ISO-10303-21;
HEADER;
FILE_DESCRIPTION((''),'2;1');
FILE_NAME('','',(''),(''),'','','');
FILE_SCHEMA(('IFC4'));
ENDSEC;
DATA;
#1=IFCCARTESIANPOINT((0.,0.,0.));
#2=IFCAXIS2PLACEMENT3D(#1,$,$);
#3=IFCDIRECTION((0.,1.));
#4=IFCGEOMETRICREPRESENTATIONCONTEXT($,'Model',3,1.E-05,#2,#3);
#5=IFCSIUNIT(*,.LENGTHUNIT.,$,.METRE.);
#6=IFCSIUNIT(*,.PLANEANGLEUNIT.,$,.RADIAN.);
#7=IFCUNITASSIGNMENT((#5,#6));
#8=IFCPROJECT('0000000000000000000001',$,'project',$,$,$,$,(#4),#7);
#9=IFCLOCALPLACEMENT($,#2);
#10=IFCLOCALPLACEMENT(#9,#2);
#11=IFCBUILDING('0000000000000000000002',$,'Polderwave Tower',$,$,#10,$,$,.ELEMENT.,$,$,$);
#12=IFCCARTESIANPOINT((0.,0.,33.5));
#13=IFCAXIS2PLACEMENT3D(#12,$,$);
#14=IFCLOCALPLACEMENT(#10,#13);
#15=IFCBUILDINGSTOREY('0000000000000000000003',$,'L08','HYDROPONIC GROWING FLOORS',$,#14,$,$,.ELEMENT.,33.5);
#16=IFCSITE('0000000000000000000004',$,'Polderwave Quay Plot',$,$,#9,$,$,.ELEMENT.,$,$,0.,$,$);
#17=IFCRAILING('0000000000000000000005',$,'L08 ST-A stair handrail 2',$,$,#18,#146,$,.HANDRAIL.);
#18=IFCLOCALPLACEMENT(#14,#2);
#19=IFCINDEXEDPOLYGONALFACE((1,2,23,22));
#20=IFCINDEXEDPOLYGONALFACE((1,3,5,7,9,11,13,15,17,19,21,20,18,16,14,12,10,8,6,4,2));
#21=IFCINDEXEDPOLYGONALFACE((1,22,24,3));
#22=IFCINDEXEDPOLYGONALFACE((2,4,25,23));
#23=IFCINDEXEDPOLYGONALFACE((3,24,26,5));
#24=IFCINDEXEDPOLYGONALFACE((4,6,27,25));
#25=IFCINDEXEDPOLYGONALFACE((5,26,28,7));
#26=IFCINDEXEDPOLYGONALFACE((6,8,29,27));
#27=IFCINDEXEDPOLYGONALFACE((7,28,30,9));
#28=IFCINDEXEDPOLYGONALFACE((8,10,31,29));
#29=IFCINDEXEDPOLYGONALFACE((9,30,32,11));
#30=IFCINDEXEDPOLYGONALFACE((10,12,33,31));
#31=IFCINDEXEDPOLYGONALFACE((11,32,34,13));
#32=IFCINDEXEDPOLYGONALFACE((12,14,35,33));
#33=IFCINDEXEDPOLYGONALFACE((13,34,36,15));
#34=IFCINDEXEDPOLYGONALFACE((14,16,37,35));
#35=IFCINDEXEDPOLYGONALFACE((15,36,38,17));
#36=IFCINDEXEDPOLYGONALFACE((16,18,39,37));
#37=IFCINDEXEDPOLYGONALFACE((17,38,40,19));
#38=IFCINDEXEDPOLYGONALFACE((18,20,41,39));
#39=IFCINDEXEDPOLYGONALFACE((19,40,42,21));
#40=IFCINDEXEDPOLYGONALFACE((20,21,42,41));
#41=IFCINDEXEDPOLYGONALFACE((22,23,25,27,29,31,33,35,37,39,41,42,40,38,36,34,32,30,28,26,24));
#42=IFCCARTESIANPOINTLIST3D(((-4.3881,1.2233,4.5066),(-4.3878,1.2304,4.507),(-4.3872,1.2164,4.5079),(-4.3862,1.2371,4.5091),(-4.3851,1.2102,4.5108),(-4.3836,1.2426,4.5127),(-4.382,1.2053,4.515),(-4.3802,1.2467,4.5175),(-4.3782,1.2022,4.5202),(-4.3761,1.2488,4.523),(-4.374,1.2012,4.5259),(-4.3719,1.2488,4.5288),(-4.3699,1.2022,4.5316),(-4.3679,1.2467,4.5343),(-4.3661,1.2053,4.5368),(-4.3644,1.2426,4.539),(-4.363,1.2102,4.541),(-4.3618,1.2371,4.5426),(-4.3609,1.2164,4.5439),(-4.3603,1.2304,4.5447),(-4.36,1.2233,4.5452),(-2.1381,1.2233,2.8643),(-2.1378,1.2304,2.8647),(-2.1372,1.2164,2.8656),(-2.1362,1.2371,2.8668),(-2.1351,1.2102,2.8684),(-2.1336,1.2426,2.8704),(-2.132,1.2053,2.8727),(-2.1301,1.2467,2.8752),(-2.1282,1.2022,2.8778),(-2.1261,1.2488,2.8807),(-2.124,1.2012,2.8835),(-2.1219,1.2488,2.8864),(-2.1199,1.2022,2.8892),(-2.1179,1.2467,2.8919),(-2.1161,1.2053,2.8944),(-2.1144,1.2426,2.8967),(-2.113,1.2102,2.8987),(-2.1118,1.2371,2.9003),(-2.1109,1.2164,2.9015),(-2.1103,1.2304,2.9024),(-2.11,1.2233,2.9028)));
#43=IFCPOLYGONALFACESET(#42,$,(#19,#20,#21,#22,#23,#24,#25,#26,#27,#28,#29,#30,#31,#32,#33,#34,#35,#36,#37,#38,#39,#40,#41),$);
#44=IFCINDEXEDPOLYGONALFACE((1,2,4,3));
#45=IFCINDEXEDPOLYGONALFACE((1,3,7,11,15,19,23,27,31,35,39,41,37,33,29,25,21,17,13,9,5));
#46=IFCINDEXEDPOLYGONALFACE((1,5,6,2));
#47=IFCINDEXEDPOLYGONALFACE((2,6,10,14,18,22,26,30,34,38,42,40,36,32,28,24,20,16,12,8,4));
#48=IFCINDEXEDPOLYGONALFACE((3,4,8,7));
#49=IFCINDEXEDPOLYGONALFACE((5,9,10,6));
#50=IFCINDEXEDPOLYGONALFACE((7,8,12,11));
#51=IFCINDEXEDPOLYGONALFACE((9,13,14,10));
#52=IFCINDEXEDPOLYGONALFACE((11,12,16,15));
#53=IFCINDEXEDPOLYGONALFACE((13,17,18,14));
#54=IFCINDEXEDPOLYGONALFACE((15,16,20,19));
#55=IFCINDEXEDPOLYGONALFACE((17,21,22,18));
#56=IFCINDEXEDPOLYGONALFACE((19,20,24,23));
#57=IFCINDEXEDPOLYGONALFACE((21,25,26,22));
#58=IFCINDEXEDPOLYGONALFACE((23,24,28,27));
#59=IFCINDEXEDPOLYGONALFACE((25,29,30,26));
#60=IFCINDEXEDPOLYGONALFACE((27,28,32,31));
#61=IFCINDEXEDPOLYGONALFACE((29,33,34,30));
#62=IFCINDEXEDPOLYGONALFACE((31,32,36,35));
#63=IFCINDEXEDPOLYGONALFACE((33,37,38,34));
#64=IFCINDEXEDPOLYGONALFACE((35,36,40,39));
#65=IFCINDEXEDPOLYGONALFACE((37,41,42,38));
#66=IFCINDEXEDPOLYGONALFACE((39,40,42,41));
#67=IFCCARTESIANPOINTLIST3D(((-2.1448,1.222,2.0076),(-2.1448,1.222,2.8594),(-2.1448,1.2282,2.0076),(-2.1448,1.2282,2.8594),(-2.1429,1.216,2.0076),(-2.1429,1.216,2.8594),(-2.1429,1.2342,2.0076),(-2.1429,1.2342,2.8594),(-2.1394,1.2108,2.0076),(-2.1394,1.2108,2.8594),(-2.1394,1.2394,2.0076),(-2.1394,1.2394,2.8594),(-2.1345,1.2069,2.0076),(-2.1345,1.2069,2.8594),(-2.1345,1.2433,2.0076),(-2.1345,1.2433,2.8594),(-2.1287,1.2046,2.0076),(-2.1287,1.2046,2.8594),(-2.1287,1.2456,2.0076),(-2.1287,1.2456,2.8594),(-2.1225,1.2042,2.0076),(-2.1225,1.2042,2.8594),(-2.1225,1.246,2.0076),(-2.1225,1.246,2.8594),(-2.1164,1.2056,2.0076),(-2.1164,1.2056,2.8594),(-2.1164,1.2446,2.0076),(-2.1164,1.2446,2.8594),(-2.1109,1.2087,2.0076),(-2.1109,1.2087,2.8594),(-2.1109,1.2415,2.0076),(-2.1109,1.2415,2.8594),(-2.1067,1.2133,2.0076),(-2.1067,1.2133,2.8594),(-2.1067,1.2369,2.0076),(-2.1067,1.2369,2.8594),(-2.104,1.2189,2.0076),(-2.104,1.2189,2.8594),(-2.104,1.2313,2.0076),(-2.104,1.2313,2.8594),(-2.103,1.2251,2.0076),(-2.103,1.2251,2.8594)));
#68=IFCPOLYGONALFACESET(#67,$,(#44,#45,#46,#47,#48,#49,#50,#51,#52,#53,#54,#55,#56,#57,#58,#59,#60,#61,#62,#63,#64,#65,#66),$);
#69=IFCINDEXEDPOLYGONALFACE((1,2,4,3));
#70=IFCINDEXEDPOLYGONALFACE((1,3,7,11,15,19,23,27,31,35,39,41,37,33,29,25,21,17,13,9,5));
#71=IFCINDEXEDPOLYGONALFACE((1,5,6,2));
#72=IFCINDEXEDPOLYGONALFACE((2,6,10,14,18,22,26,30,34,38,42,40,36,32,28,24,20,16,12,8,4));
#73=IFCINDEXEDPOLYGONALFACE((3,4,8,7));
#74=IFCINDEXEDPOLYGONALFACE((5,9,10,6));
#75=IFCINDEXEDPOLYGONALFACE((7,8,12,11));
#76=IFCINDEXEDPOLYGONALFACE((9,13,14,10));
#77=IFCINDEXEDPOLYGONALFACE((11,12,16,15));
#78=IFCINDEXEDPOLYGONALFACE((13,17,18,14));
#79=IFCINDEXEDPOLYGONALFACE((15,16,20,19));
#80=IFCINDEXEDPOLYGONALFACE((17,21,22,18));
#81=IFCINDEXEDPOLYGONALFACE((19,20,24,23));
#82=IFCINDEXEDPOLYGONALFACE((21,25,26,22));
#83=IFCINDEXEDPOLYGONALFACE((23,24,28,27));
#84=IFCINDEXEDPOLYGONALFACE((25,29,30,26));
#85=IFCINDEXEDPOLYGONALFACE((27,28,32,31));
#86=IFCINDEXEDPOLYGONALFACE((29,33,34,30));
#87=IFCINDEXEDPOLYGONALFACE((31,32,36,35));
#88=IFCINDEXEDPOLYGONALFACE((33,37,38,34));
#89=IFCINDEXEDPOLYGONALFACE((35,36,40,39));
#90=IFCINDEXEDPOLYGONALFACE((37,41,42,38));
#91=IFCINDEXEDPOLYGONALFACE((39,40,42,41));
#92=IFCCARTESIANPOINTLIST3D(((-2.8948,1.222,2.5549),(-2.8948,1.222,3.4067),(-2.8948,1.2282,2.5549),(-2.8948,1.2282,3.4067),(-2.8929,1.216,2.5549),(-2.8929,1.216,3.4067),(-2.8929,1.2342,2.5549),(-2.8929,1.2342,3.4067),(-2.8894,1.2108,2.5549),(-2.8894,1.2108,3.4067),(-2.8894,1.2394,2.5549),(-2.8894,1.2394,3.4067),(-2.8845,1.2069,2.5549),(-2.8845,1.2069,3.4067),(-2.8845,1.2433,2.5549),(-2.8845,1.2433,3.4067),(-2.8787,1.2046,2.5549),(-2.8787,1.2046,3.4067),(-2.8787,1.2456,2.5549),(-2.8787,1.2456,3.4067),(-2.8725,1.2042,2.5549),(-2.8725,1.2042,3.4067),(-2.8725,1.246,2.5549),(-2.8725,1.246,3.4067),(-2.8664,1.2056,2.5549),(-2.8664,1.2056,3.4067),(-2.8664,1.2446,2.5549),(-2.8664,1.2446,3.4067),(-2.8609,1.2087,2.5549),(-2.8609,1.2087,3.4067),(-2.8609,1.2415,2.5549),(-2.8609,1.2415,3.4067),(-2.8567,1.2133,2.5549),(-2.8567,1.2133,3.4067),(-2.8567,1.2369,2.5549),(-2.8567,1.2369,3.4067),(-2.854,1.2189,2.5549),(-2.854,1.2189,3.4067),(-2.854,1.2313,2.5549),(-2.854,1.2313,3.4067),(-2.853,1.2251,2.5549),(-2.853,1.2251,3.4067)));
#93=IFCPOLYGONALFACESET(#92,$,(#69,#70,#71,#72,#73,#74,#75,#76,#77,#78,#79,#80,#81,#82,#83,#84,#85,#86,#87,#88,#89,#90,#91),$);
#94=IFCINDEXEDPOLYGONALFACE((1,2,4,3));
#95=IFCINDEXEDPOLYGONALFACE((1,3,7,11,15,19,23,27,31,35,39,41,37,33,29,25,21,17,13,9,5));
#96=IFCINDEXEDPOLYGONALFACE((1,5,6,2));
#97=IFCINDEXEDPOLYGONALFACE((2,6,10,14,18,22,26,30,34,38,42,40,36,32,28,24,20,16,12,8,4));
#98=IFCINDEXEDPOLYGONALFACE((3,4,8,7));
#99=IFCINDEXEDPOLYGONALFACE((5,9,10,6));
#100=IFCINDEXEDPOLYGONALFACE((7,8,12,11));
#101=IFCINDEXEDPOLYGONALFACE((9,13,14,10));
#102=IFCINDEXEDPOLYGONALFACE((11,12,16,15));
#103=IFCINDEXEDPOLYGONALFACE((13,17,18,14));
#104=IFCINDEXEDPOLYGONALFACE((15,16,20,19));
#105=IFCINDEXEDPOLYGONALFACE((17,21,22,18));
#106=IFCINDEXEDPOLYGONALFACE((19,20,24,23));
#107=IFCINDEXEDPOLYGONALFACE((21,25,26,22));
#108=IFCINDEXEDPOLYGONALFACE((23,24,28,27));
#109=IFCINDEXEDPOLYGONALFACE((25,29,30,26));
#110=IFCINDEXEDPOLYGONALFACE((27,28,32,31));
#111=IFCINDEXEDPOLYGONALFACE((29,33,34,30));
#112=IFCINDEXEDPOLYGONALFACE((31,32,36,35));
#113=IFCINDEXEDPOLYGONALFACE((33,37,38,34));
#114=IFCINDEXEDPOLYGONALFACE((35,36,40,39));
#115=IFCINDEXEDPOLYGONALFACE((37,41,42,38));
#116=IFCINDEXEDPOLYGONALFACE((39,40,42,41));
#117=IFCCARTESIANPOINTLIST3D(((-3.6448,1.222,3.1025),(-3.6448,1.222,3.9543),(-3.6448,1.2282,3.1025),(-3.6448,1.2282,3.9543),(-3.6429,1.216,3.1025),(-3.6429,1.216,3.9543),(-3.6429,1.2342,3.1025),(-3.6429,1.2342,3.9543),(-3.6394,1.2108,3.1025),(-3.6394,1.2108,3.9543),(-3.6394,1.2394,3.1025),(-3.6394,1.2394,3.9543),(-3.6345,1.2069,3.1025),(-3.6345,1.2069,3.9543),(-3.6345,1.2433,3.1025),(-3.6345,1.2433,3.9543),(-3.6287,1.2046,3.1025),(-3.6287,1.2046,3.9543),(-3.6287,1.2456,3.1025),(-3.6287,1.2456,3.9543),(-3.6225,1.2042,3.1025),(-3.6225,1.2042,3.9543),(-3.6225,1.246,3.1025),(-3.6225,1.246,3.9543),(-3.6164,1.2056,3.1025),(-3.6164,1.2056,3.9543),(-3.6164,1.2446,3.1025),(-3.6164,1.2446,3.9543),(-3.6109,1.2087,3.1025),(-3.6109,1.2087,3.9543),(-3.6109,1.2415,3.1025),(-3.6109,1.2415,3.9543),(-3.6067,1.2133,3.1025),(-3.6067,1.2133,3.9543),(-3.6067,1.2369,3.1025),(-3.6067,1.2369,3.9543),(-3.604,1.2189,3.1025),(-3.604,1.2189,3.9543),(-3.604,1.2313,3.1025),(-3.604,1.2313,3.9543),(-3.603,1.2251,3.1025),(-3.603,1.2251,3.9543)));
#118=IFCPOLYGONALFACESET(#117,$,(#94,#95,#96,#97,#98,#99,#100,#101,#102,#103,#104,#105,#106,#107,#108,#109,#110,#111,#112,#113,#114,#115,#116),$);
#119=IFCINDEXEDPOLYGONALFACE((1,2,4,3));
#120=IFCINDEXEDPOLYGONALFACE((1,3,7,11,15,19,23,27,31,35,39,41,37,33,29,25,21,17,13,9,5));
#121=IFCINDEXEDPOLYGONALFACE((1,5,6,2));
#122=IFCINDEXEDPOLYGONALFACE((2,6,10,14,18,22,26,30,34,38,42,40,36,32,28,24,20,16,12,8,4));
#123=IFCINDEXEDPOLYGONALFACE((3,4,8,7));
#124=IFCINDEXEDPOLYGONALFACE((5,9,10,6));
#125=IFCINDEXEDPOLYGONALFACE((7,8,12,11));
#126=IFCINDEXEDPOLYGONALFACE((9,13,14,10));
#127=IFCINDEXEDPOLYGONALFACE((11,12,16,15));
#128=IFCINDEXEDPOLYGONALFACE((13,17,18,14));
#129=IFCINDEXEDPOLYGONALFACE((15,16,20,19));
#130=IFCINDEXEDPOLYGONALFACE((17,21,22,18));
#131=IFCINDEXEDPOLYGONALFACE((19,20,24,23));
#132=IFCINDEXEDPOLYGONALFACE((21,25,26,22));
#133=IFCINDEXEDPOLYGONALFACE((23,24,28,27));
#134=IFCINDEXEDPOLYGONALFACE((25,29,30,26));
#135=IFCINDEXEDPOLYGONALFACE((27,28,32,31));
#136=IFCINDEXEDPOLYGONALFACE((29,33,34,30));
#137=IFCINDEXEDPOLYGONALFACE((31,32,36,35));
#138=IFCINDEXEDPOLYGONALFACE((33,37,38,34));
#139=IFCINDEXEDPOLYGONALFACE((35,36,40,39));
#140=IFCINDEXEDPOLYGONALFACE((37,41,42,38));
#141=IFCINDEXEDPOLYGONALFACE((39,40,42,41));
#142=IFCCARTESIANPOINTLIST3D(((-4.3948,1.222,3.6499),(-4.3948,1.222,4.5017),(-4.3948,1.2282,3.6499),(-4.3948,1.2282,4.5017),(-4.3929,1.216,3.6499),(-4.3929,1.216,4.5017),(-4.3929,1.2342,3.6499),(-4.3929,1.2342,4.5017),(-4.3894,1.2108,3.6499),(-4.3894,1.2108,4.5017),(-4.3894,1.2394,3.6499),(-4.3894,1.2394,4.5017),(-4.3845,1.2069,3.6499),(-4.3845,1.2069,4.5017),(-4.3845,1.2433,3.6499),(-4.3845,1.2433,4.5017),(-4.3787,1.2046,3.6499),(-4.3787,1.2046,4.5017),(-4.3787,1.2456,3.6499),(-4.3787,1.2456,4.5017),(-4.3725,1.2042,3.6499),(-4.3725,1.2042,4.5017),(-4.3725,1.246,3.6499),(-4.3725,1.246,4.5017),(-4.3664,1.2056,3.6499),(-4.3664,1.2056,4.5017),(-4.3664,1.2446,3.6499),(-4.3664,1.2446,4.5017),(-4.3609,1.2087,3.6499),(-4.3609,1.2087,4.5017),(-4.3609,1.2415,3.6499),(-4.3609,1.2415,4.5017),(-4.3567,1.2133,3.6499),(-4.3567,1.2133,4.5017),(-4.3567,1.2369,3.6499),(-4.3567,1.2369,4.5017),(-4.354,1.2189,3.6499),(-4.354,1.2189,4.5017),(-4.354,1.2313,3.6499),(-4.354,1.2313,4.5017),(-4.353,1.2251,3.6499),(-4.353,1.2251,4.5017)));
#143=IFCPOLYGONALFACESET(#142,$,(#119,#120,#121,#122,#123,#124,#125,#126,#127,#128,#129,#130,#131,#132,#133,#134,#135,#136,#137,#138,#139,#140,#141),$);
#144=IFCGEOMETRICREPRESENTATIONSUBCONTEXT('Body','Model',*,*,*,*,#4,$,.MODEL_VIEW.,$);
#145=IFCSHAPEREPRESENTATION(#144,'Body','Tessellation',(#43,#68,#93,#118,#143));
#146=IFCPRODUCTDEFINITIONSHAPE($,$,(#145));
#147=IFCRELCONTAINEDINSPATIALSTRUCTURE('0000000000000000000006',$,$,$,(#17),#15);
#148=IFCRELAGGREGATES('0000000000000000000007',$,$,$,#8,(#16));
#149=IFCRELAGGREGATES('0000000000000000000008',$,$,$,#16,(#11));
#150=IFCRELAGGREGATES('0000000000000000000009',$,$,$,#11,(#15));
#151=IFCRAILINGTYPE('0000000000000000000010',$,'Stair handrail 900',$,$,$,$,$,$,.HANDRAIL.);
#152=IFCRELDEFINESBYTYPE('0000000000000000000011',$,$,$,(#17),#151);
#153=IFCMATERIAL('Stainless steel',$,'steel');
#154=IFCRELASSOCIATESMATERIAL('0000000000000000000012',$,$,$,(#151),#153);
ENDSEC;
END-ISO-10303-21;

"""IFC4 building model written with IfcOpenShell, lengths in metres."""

from ifc_helpers import new_model, si_unit, direction, frame, origin, origin_2d, place, context, subcontext, project, spatial, circle, extrude, material, type_object, element, save


model = new_model("IFC4")

# Units and contexts
model_context = context("Model", 3, precision=1e-05, world=origin(), true_north=direction((0.0, 1.0)))
body_context = subcontext(model_context, "Body", "Model", "MODEL_VIEW")
ifc_project = project(units=[si_unit("LENGTHUNIT", "METRE"), si_unit("PLANEANGLEUNIT", "RADIAN")], contexts=[model_context])

# Site, building, storey
site_placement = place(None, origin())
site = spatial("IfcSite", under=ifc_project, at=site_placement, Name="Polderwave Quay Plot", CompositionType="ELEMENT", RefElevation=0.0)
building_placement = place(site_placement, origin())
building = spatial("IfcBuilding", under=site, at=building_placement, Name="Polderwave Tower", CompositionType="ELEMENT")
storey_placement = place(building_placement, frame((0.0, 0.0, 33.5)))
storey = spatial("IfcBuildingStorey", under=building, at=storey_placement, Name="L08", Description="HYDROPONIC GROWING FLOORS", CompositionType="ELEMENT", Elevation=33.5)

# Railing
ifc_material_1 = material(Name="Stainless steel", Category="steel")
railing_type_1 = type_object("IfcRailingType", Name="Stair handrail 900", PredefinedType="HANDRAIL", material=ifc_material_1)
railing_1_placement = place(storey_placement, frame((-2.124, 1.2251, 2.0076)))
element("IfcRailing", 1, at=railing_1_placement, inside=storey, type_object=railing_type_1, Name="L08 ST-A stair handrail 2", PredefinedType="HANDRAIL", context=body_context, shape_type="SweptSolid", body=[
    extrude(circle(Radius=0.0239, at=origin_2d()), frame((0.0, 0.0, 0.876), z_axis=(-0.807715, 0.0, 0.589573), x_axis=(0.0, -1.0, 0.0)), (0.0, 0.0, 1.0), 2.7856),
    extrude(circle(Radius=0.021, at=origin_2d()), origin(), (0.0, 0.0, 1.0), 0.8518),
    extrude(circle(Radius=0.021, at=origin_2d()), frame((-0.75, 0.0, 0.5474)), (0.0, 0.0, 1.0), 0.8518),
    extrude(circle(Radius=0.021, at=origin_2d()), frame((-1.5, 0.0, 1.095)), (0.0, 0.0, 1.0), 0.8518),
    extrude(circle(Radius=0.021, at=origin_2d()), frame((-2.25, 0.0, 1.6423)), (0.0, 0.0, 1.0), 0.8518),
])

save(model, "model.ifc")
